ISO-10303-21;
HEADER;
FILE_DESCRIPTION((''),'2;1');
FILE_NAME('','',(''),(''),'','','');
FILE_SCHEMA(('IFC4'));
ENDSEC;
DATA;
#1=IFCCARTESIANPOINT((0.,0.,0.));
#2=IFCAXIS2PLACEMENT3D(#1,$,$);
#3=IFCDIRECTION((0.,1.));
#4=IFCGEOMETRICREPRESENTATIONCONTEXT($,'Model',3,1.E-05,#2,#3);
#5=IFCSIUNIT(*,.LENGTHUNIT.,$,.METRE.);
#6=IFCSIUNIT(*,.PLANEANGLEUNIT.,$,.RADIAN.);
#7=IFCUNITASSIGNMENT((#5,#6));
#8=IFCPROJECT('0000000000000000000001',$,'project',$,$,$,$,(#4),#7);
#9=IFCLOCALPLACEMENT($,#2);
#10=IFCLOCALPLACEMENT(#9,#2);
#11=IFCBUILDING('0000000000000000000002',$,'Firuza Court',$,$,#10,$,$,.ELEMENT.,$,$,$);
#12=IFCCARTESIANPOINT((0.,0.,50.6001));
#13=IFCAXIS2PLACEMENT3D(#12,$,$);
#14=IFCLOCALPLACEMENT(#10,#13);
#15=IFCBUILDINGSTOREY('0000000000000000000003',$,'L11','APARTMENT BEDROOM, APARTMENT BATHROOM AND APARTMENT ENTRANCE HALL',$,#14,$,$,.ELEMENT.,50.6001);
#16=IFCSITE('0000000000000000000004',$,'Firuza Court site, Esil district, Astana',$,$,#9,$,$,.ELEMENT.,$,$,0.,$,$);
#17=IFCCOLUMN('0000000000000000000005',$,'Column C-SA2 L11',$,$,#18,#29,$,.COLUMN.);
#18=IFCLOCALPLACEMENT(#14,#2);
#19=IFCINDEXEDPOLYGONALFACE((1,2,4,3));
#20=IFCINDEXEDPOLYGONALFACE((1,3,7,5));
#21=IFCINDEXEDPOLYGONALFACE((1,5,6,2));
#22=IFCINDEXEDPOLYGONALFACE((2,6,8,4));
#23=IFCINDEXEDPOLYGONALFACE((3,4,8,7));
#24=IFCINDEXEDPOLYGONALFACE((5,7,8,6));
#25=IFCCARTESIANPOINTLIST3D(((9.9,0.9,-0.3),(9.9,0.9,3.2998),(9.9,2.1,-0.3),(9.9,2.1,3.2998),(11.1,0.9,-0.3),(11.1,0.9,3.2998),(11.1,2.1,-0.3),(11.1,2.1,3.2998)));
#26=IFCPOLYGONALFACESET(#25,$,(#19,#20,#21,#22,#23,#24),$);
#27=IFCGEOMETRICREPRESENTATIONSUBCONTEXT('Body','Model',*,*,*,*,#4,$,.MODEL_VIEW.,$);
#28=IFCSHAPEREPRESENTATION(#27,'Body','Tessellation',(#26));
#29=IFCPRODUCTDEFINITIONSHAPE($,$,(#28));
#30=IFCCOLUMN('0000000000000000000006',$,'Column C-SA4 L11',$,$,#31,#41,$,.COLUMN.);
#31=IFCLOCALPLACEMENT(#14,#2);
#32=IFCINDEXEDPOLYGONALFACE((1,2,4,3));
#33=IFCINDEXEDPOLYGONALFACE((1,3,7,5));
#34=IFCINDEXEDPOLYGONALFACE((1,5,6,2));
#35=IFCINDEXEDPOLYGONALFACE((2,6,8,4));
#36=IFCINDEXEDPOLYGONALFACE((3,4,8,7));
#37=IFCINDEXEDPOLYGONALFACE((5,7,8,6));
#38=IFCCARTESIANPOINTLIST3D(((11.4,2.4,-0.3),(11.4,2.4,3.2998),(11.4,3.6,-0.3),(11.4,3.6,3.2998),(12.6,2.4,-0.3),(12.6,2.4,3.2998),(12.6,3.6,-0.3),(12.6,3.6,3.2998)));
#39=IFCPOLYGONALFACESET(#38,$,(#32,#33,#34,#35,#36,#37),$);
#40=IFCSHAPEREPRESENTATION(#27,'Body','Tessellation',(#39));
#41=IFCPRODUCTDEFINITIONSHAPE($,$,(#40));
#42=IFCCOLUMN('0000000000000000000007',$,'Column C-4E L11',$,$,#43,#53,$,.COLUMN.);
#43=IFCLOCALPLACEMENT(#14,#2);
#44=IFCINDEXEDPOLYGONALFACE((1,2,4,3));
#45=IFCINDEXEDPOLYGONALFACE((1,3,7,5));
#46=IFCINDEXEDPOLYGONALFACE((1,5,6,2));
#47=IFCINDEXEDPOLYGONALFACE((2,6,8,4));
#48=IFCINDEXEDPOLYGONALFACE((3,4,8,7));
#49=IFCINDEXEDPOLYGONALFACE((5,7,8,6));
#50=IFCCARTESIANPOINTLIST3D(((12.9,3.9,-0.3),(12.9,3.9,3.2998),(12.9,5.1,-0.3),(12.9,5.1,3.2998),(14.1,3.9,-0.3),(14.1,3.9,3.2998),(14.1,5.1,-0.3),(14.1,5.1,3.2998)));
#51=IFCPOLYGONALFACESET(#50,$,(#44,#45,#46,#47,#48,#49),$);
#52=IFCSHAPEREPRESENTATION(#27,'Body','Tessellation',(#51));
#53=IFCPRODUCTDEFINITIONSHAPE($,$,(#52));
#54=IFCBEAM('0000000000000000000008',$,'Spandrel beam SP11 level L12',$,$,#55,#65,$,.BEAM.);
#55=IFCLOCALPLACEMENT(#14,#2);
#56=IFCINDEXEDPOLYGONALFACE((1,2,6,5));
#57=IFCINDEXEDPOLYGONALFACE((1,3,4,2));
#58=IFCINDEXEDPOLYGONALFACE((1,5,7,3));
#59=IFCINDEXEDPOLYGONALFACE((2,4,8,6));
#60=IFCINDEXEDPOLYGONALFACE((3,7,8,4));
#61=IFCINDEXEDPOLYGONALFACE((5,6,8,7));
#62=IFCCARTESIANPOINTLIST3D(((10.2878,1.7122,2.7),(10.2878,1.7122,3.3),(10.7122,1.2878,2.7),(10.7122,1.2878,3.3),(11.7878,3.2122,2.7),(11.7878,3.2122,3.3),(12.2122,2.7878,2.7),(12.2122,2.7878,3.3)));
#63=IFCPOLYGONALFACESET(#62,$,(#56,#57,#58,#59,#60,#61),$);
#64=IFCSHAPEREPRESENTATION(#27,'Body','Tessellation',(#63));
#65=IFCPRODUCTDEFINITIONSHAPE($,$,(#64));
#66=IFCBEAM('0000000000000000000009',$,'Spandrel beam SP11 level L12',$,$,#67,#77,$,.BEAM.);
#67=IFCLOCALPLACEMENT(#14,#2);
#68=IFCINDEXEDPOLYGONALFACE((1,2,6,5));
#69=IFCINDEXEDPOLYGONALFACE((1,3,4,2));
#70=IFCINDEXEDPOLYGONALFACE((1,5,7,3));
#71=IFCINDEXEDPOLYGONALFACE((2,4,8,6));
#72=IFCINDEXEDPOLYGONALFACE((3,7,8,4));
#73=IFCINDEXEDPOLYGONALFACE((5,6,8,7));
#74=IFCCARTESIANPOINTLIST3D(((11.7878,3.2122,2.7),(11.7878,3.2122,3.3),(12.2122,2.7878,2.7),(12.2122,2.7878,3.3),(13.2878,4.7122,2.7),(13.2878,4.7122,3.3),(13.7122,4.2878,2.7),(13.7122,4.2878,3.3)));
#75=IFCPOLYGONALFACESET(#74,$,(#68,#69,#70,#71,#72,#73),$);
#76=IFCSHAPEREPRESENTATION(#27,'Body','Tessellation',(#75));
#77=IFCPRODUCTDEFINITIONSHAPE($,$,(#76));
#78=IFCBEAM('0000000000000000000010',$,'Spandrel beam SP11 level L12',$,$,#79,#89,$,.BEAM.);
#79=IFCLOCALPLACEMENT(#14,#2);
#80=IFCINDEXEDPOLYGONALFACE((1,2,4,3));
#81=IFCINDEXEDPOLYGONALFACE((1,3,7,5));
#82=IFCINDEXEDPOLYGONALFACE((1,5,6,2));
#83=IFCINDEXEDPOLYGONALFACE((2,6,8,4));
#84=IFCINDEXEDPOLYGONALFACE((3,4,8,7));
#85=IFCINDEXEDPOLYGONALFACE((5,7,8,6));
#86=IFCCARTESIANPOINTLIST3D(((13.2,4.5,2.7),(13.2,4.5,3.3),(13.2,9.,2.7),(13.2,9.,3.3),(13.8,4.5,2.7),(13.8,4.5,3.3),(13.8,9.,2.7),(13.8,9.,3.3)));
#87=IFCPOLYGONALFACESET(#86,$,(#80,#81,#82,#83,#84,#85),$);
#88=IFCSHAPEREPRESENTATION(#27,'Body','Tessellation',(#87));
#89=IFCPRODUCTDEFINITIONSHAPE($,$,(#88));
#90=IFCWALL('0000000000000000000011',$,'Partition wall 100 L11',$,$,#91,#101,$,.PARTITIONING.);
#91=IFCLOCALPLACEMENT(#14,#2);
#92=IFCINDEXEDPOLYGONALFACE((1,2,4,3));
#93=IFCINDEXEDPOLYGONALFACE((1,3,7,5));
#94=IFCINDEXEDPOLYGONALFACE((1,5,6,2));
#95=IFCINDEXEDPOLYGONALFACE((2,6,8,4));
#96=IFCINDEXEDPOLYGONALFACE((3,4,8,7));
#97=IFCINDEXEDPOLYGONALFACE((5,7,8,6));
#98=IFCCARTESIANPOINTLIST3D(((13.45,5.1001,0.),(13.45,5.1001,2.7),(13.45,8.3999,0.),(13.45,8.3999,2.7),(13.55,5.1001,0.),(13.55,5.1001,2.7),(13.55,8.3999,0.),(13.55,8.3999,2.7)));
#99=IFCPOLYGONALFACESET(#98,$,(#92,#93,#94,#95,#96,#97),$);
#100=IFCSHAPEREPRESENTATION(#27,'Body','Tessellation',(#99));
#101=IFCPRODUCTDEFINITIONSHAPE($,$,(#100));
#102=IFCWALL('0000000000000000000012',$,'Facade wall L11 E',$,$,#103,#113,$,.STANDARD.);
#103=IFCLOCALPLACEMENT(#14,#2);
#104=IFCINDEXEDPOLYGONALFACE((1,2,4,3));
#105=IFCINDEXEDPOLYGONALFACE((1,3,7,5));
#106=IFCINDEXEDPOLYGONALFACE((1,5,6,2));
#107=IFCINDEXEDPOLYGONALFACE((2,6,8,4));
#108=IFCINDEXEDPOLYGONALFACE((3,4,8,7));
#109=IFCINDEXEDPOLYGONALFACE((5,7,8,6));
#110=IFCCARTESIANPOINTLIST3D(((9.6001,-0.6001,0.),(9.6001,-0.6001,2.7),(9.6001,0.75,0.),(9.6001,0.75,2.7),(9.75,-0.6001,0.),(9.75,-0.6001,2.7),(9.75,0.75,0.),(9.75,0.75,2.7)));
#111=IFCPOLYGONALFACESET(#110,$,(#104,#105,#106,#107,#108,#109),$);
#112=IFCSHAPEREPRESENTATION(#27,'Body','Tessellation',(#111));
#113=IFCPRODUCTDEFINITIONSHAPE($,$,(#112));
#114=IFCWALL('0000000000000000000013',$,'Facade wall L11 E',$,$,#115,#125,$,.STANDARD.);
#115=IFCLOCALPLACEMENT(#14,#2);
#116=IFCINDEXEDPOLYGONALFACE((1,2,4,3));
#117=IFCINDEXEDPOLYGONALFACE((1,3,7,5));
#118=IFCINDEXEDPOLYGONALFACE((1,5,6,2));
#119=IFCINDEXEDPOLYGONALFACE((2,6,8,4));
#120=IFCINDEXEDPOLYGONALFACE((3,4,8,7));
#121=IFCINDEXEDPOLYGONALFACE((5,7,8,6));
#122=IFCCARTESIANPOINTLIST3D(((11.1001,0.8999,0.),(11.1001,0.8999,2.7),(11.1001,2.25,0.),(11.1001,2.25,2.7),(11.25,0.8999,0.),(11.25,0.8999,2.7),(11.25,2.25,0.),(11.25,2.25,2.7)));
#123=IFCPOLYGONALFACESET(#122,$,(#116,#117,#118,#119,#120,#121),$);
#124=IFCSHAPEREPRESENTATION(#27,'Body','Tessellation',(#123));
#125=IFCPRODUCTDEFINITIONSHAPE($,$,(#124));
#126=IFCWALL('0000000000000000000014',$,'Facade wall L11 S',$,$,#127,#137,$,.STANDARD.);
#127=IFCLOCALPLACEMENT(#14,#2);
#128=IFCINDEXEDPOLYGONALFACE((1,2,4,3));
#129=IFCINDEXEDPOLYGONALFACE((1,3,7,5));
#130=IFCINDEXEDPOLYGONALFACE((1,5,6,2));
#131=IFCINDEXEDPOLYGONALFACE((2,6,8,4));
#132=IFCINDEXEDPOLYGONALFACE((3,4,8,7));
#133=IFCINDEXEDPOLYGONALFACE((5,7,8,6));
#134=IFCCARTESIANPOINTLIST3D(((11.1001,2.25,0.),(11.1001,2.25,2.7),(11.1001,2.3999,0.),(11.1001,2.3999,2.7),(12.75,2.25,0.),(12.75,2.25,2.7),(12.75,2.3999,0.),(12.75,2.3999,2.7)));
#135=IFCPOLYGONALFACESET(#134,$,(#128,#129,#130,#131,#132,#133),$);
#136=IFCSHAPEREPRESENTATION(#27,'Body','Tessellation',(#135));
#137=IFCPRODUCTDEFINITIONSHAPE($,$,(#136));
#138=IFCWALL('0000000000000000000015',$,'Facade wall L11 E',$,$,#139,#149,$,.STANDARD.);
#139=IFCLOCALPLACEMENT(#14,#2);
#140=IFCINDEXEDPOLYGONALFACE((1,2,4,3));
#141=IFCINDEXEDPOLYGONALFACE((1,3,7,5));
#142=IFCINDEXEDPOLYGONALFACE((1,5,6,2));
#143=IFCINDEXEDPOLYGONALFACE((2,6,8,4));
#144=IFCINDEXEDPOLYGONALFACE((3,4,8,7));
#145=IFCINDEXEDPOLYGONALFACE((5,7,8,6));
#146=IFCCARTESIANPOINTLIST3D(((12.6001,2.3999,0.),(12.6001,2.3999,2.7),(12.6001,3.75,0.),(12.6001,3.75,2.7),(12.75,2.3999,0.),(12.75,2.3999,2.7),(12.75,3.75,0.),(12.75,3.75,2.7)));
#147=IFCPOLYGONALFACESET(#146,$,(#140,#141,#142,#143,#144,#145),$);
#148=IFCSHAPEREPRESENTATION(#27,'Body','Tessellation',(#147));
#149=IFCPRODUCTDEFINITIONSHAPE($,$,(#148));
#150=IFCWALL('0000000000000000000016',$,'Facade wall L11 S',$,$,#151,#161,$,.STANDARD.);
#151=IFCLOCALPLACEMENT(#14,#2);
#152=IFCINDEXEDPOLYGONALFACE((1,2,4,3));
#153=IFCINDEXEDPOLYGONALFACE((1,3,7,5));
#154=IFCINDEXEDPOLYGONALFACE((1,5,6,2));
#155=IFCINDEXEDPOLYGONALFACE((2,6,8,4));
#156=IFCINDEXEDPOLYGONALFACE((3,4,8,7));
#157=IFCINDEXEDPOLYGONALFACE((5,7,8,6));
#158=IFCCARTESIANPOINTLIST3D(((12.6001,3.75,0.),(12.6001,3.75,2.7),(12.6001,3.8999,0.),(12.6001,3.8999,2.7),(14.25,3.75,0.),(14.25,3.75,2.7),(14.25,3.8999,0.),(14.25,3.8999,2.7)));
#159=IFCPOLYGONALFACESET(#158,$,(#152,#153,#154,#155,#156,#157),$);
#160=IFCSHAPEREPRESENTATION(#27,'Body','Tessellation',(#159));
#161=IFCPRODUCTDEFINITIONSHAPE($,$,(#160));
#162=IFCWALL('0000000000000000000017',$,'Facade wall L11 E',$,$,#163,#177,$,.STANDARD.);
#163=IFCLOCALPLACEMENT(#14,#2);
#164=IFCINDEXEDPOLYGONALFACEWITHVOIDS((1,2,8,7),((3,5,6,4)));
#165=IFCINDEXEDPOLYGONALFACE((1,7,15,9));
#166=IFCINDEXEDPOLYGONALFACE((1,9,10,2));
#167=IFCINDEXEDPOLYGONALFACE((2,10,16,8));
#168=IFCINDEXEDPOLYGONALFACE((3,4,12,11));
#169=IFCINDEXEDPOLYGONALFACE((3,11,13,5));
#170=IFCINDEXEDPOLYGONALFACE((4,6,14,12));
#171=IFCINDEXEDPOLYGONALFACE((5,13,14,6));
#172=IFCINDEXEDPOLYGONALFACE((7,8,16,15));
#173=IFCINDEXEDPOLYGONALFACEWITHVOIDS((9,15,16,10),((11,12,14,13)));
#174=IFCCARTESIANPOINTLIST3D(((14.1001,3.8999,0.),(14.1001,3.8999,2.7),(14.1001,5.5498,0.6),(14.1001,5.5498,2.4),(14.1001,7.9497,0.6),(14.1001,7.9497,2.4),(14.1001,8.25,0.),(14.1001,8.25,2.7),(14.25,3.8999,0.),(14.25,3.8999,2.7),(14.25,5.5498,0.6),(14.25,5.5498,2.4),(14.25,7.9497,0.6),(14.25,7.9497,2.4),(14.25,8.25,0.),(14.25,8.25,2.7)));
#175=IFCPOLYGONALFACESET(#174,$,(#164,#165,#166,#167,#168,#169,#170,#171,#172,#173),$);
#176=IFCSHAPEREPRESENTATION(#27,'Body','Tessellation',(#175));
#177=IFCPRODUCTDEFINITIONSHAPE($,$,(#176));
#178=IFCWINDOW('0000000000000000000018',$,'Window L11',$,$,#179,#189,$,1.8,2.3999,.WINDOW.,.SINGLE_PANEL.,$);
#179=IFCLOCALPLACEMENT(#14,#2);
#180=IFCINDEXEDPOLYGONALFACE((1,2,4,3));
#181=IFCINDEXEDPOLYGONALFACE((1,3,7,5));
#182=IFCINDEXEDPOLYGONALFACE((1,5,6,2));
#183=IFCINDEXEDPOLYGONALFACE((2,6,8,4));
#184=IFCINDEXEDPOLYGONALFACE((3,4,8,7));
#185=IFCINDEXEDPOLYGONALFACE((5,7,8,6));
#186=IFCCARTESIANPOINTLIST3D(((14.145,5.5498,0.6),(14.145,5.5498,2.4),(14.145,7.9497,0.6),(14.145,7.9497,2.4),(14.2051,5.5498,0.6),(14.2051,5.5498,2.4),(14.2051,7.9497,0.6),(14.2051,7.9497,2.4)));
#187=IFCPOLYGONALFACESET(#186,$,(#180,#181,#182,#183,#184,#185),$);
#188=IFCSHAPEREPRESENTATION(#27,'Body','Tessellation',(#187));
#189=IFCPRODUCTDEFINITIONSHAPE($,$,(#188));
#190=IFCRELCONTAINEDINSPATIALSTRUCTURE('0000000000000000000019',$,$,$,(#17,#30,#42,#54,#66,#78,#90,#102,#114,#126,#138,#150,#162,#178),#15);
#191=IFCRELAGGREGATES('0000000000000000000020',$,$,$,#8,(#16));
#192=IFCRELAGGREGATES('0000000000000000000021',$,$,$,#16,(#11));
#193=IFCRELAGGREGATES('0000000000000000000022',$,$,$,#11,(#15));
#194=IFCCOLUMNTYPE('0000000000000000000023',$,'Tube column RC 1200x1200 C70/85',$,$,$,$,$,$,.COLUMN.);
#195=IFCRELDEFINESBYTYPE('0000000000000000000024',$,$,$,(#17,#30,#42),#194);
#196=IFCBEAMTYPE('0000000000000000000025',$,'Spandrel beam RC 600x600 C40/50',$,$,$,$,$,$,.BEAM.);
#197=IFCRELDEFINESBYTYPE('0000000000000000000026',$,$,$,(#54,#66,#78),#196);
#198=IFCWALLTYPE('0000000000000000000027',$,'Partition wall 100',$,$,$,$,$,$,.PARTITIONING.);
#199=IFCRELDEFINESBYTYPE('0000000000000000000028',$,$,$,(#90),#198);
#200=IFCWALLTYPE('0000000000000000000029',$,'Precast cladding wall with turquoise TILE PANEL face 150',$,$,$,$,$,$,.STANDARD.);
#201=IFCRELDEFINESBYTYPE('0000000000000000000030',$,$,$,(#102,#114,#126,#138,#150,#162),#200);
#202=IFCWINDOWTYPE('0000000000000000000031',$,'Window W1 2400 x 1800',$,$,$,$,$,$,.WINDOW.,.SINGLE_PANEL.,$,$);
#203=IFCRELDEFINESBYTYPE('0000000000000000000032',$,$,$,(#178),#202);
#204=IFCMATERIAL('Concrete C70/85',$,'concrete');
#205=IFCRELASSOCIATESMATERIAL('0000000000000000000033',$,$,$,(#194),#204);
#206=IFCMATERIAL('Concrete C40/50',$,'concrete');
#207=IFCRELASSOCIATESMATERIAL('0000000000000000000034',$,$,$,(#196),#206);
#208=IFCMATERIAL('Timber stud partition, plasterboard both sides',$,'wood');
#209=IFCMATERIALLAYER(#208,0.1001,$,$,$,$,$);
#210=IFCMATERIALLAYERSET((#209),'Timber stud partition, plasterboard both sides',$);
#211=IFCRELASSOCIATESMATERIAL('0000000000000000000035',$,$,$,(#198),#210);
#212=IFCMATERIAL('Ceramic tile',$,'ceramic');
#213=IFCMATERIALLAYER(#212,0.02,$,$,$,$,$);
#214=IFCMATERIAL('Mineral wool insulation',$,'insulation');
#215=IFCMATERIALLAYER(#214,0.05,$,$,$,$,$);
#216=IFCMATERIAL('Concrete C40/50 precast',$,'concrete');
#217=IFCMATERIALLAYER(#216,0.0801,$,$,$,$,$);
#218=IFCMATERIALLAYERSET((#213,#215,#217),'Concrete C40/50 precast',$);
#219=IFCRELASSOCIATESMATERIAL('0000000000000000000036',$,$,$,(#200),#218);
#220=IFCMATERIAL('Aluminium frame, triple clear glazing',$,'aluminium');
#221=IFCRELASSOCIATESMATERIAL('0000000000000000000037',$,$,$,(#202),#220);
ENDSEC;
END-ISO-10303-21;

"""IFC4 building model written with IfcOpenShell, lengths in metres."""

from ifc_helpers import new_model, si_unit, direction, frame, frame_2d, origin, origin_2d, place, context, subcontext, project, spatial, rectangle, extrude, material, layer, layer_set, material_profile, profile_set, type_object, element, fill, save


model = new_model("IFC4")

# Units and contexts
model_context = context("Model", 3, precision=1e-05, world=origin(), true_north=direction((0.0, 1.0)))
body_context = subcontext(model_context, "Body", "Model", "MODEL_VIEW")
ifc_project = project(units=[si_unit("LENGTHUNIT", "METRE"), si_unit("PLANEANGLEUNIT", "RADIAN")], contexts=[model_context])

# Site, building, storey
site_placement = place(None, origin())
site = spatial("IfcSite", under=ifc_project, at=site_placement, Name="Firuza Court site, Esil district, Astana", CompositionType="ELEMENT", RefElevation=0.0)
building_placement = place(site_placement, origin())
building = spatial("IfcBuilding", under=site, at=building_placement, Name="Firuza Court", CompositionType="ELEMENT")
storey_placement = place(building_placement, frame((0.0, 0.0, 50.6001)))
storey = spatial("IfcBuildingStorey", under=building, at=storey_placement, Name="L11", Description="APARTMENT BEDROOM, APARTMENT BATHROOM AND APARTMENT ENTRANCE HALL", CompositionType="ELEMENT", Elevation=50.6001)

# Columns
ifc_material_1 = material(Name="Concrete C70/85", Category="concrete")
ifc_material_profile_1 = material_profile(ifc_material_1, rectangle(XDim=1.2, YDim=1.2, at=origin_2d()), Name="RC 1200x1200")
ifc_profile_set_1 = profile_set([ifc_material_profile_1], Name="Concrete C70/85")
column_type = type_object("IfcColumnType", Name="Tube column RC 1200x1200 C70/85", PredefinedType="COLUMN", material=ifc_profile_set_1)
for number, where, z_axis, x_axis, name in (
    (1, (10.5, 1.5, -0.3), (0.0, 0.0, 1.0), (1.0, 0.0, 0.0), "Column C-SA2 L11"),
    (2, (12.0, 3.0, -0.3), (0.0, 0.0, 1.0), (1.0, 0.0, 0.0), "Column C-SA4 L11"),
    (3, (13.5, 4.5, -0.3), (0.0, 0.0, 1.0), (1.0, 0.0, 0.0), "Column C-4E L11"),
):
    element("IfcColumn", number, at=place(storey_placement, frame(where, z_axis=z_axis, x_axis=x_axis)), inside=storey, type_object=column_type, Name=name, PredefinedType="COLUMN", context=body_context, shape_type="SweptSolid", body=[
        extrude(rectangle(XDim=1.2, YDim=1.2, at=origin_2d()), origin(), (0.0, 0.0, 1.0), 3.5999),
    ])

# Beams
ifc_material_2 = material(Name="Concrete C40/50", Category="concrete")
ifc_material_profile_2 = material_profile(ifc_material_2, rectangle(XDim=0.6001, YDim=0.6001, at=origin_2d()), Name="RC 600x600")
ifc_profile_set_2 = profile_set([ifc_material_profile_2], Name="Concrete C40/50")
beam_type = type_object("IfcBeamType", Name="Spandrel beam RC 600x600 C40/50", PredefinedType="BEAM", material=ifc_profile_set_2)
for number, where, z_axis, x_axis, name in (
    (4, (10.5, 1.5, 3.0), (0.707107, 0.707107, 0.0), (-0.707107, 0.707107, 0.0), "Spandrel beam SP11 level L12"),
    (5, (12.0, 3.0, 3.0), (0.707107, 0.707107, 0.0), (-0.707107, 0.707107, 0.0), "Spandrel beam SP11 level L12"),
):
    element("IfcBeam", number, at=place(storey_placement, frame(where, z_axis=z_axis, x_axis=x_axis)), inside=storey, type_object=beam_type, Name=name, PredefinedType="BEAM", context=body_context, shape_type="SweptSolid", body=[
        extrude(rectangle(XDim=0.6001, YDim=0.6001, at=origin_2d()), origin(), (0.0, 0.0, 1.0), 2.1213),
    ])
beam_placement = place(storey_placement, frame((13.5, 4.5, 3.0), z_axis=(0.0, 1.0, 0.0), x_axis=(-1.0, 0.0, 0.0)))
element("IfcBeam", 6, at=beam_placement, inside=storey, type_object=beam_type, Name="Spandrel beam SP11 level L12", PredefinedType="BEAM", context=body_context, shape_type="SweptSolid", body=[
    extrude(rectangle(XDim=0.6001, YDim=0.6001, at=origin_2d()), origin(), (0.0, 0.0, 1.0), 4.5),
])

# Walls
ifc_material_3 = material(Name="Timber stud partition, plasterboard both sides", Category="wood")
ifc_layer_1 = layer(ifc_material_3, 0.1001)
ifc_layer_set_1 = layer_set([ifc_layer_1], Name="Timber stud partition, plasterboard both sides")
wall_type_1 = type_object("IfcWallType", Name="Partition wall 100", PredefinedType="PARTITIONING", material=ifc_layer_set_1)
wall_1_placement = place(storey_placement, frame((13.5, 5.1001, 0.0), z_axis=(0.0, 0.0, 1.0), x_axis=(0.0, 1.0, 0.0)))
element("IfcWall", 7, at=wall_1_placement, inside=storey, type_object=wall_type_1, Name="Partition wall 100 L11", PredefinedType="PARTITIONING", context=body_context, shape_type="SweptSolid", body=[
    extrude(rectangle(XDim=3.2998, YDim=0.1001, at=frame_2d((1.6499, 0.0))), origin(), (0.0, 0.0, 1.0), 2.7),
])
ifc_material_4 = material(Name="Ceramic tile", Category="ceramic")
ifc_layer_2 = layer(ifc_material_4, 0.02)
ifc_material_5 = material(Name="Mineral wool insulation", Category="insulation")
ifc_layer_3 = layer(ifc_material_5, 0.05)
ifc_material_6 = material(Name="Concrete C40/50 precast", Category="concrete")
ifc_layer_4 = layer(ifc_material_6, 0.0801)
ifc_layer_set_2 = layer_set([ifc_layer_2, ifc_layer_3, ifc_layer_4], Name="Concrete C40/50 precast")
wall_type_2 = type_object("IfcWallType", Name="Precast cladding wall with turquoise TILE PANEL face 150", PredefinedType="STANDARD", material=ifc_layer_set_2)
for number, where, z_axis, x_axis, name in (
    (8, (9.675, -0.6001, 0.0), (0.0, 0.0, 1.0), (0.0, 1.0, 0.0), "Facade wall L11 E"),
    (9, (11.175, 0.8999, 0.0), (0.0, 0.0, 1.0), (0.0, 1.0, 0.0), "Facade wall L11 E"),
):
    element("IfcWall", number, at=place(storey_placement, frame(where, z_axis=z_axis, x_axis=x_axis)), inside=storey, type_object=wall_type_2, Name=name, PredefinedType="STANDARD", context=body_context, shape_type="SweptSolid", body=[
        extrude(rectangle(XDim=1.3501, YDim=0.1499, at=frame_2d((0.675, 0.0))), origin(), (0.0, 0.0, 1.0), 2.7),
    ])
wall_2_placement = place(storey_placement, frame((11.1001, 2.325, 0.0), z_axis=(0.0, 0.0, 1.0), x_axis=(1.0, 0.0, 0.0)))
element("IfcWall", 10, at=wall_2_placement, inside=storey, type_object=wall_type_2, Name="Facade wall L11 S", PredefinedType="STANDARD", context=body_context, shape_type="SweptSolid", body=[
    extrude(rectangle(XDim=1.6499, YDim=0.1499, at=frame_2d((0.825, 0.0))), origin(), (0.0, 0.0, 1.0), 2.7),
])
wall_3_placement = place(storey_placement, frame((12.675, 2.3999, 0.0), z_axis=(0.0, 0.0, 1.0), x_axis=(0.0, 1.0, 0.0)))
element("IfcWall", 11, at=wall_3_placement, inside=storey, type_object=wall_type_2, Name="Facade wall L11 E", PredefinedType="STANDARD", context=body_context, shape_type="SweptSolid", body=[
    extrude(rectangle(XDim=1.3501, YDim=0.1499, at=frame_2d((0.675, 0.0))), origin(), (0.0, 0.0, 1.0), 2.7),
])
wall_4_placement = place(storey_placement, frame((12.6001, 3.825, 0.0), z_axis=(0.0, 0.0, 1.0), x_axis=(1.0, 0.0, 0.0)))
element("IfcWall", 12, at=wall_4_placement, inside=storey, type_object=wall_type_2, Name="Facade wall L11 S", PredefinedType="STANDARD", context=body_context, shape_type="SweptSolid", body=[
    extrude(rectangle(XDim=1.6499, YDim=0.1499, at=frame_2d((0.825, 0.0))), origin(), (0.0, 0.0, 1.0), 2.7),
])

# Wall, opening, window
wall_5_placement = place(storey_placement, frame((14.175, 3.8999, 0.0), z_axis=(0.0, 0.0, 1.0), x_axis=(0.0, 1.0, 0.0)))
wall_5 = element("IfcWall", 13, at=wall_5_placement, inside=storey, type_object=wall_type_2, Name="Facade wall L11 E", PredefinedType="STANDARD", context=body_context, shape_type="SweptSolid", body=[
    extrude(rectangle(XDim=4.3501, YDim=0.1499, at=frame_2d((2.175, 0.0))), origin(), (0.0, 0.0, 1.0), 2.7),
])
opening_placement = place(wall_5_placement, frame((1.6499, 0.0, 0.6001)))
opening = element("IfcOpeningElement", 14, at=opening_placement, cuts=wall_5, PredefinedType="OPENING", context=body_context, shape_type="SweptSolid", body=[
    extrude(rectangle(XDim=2.3999, YDim=1.8, at=frame_2d((1.2, 0.8999))), frame((0.0, 0.0869, 0.0), z_axis=(0.0, -1.0, 0.0), x_axis=(1.0, 0.0, 0.0)), (0.0, 0.0, 1.0), 0.1738),
])
ifc_material_7 = material(Name="Aluminium frame, triple clear glazing", Category="aluminium")
window_type = type_object("IfcWindowType", Name="Window W1 2400 x 1800", PartitioningType="SINGLE_PANEL", PredefinedType="WINDOW", material=ifc_material_7)
window_placement = place(opening_placement, origin())
window = element("IfcWindow", 15, at=window_placement, inside=storey, type_object=window_type, Name="Window L11", OverallHeight=1.8, OverallWidth=2.3999, PartitioningType="SINGLE_PANEL", PredefinedType="WINDOW", context=body_context, shape_type="SweptSolid", body=[
    extrude(rectangle(XDim=2.3999, YDim=1.8, at=frame_2d((1.2, 0.8999))), frame((0.0, 0.03, 0.0), z_axis=(0.0, -1.0, 0.0), x_axis=(1.0, 0.0, 0.0)), (0.0, 0.0, 1.0), 0.0601),
])
fill(opening, window)

save(model, "model.ifc")
